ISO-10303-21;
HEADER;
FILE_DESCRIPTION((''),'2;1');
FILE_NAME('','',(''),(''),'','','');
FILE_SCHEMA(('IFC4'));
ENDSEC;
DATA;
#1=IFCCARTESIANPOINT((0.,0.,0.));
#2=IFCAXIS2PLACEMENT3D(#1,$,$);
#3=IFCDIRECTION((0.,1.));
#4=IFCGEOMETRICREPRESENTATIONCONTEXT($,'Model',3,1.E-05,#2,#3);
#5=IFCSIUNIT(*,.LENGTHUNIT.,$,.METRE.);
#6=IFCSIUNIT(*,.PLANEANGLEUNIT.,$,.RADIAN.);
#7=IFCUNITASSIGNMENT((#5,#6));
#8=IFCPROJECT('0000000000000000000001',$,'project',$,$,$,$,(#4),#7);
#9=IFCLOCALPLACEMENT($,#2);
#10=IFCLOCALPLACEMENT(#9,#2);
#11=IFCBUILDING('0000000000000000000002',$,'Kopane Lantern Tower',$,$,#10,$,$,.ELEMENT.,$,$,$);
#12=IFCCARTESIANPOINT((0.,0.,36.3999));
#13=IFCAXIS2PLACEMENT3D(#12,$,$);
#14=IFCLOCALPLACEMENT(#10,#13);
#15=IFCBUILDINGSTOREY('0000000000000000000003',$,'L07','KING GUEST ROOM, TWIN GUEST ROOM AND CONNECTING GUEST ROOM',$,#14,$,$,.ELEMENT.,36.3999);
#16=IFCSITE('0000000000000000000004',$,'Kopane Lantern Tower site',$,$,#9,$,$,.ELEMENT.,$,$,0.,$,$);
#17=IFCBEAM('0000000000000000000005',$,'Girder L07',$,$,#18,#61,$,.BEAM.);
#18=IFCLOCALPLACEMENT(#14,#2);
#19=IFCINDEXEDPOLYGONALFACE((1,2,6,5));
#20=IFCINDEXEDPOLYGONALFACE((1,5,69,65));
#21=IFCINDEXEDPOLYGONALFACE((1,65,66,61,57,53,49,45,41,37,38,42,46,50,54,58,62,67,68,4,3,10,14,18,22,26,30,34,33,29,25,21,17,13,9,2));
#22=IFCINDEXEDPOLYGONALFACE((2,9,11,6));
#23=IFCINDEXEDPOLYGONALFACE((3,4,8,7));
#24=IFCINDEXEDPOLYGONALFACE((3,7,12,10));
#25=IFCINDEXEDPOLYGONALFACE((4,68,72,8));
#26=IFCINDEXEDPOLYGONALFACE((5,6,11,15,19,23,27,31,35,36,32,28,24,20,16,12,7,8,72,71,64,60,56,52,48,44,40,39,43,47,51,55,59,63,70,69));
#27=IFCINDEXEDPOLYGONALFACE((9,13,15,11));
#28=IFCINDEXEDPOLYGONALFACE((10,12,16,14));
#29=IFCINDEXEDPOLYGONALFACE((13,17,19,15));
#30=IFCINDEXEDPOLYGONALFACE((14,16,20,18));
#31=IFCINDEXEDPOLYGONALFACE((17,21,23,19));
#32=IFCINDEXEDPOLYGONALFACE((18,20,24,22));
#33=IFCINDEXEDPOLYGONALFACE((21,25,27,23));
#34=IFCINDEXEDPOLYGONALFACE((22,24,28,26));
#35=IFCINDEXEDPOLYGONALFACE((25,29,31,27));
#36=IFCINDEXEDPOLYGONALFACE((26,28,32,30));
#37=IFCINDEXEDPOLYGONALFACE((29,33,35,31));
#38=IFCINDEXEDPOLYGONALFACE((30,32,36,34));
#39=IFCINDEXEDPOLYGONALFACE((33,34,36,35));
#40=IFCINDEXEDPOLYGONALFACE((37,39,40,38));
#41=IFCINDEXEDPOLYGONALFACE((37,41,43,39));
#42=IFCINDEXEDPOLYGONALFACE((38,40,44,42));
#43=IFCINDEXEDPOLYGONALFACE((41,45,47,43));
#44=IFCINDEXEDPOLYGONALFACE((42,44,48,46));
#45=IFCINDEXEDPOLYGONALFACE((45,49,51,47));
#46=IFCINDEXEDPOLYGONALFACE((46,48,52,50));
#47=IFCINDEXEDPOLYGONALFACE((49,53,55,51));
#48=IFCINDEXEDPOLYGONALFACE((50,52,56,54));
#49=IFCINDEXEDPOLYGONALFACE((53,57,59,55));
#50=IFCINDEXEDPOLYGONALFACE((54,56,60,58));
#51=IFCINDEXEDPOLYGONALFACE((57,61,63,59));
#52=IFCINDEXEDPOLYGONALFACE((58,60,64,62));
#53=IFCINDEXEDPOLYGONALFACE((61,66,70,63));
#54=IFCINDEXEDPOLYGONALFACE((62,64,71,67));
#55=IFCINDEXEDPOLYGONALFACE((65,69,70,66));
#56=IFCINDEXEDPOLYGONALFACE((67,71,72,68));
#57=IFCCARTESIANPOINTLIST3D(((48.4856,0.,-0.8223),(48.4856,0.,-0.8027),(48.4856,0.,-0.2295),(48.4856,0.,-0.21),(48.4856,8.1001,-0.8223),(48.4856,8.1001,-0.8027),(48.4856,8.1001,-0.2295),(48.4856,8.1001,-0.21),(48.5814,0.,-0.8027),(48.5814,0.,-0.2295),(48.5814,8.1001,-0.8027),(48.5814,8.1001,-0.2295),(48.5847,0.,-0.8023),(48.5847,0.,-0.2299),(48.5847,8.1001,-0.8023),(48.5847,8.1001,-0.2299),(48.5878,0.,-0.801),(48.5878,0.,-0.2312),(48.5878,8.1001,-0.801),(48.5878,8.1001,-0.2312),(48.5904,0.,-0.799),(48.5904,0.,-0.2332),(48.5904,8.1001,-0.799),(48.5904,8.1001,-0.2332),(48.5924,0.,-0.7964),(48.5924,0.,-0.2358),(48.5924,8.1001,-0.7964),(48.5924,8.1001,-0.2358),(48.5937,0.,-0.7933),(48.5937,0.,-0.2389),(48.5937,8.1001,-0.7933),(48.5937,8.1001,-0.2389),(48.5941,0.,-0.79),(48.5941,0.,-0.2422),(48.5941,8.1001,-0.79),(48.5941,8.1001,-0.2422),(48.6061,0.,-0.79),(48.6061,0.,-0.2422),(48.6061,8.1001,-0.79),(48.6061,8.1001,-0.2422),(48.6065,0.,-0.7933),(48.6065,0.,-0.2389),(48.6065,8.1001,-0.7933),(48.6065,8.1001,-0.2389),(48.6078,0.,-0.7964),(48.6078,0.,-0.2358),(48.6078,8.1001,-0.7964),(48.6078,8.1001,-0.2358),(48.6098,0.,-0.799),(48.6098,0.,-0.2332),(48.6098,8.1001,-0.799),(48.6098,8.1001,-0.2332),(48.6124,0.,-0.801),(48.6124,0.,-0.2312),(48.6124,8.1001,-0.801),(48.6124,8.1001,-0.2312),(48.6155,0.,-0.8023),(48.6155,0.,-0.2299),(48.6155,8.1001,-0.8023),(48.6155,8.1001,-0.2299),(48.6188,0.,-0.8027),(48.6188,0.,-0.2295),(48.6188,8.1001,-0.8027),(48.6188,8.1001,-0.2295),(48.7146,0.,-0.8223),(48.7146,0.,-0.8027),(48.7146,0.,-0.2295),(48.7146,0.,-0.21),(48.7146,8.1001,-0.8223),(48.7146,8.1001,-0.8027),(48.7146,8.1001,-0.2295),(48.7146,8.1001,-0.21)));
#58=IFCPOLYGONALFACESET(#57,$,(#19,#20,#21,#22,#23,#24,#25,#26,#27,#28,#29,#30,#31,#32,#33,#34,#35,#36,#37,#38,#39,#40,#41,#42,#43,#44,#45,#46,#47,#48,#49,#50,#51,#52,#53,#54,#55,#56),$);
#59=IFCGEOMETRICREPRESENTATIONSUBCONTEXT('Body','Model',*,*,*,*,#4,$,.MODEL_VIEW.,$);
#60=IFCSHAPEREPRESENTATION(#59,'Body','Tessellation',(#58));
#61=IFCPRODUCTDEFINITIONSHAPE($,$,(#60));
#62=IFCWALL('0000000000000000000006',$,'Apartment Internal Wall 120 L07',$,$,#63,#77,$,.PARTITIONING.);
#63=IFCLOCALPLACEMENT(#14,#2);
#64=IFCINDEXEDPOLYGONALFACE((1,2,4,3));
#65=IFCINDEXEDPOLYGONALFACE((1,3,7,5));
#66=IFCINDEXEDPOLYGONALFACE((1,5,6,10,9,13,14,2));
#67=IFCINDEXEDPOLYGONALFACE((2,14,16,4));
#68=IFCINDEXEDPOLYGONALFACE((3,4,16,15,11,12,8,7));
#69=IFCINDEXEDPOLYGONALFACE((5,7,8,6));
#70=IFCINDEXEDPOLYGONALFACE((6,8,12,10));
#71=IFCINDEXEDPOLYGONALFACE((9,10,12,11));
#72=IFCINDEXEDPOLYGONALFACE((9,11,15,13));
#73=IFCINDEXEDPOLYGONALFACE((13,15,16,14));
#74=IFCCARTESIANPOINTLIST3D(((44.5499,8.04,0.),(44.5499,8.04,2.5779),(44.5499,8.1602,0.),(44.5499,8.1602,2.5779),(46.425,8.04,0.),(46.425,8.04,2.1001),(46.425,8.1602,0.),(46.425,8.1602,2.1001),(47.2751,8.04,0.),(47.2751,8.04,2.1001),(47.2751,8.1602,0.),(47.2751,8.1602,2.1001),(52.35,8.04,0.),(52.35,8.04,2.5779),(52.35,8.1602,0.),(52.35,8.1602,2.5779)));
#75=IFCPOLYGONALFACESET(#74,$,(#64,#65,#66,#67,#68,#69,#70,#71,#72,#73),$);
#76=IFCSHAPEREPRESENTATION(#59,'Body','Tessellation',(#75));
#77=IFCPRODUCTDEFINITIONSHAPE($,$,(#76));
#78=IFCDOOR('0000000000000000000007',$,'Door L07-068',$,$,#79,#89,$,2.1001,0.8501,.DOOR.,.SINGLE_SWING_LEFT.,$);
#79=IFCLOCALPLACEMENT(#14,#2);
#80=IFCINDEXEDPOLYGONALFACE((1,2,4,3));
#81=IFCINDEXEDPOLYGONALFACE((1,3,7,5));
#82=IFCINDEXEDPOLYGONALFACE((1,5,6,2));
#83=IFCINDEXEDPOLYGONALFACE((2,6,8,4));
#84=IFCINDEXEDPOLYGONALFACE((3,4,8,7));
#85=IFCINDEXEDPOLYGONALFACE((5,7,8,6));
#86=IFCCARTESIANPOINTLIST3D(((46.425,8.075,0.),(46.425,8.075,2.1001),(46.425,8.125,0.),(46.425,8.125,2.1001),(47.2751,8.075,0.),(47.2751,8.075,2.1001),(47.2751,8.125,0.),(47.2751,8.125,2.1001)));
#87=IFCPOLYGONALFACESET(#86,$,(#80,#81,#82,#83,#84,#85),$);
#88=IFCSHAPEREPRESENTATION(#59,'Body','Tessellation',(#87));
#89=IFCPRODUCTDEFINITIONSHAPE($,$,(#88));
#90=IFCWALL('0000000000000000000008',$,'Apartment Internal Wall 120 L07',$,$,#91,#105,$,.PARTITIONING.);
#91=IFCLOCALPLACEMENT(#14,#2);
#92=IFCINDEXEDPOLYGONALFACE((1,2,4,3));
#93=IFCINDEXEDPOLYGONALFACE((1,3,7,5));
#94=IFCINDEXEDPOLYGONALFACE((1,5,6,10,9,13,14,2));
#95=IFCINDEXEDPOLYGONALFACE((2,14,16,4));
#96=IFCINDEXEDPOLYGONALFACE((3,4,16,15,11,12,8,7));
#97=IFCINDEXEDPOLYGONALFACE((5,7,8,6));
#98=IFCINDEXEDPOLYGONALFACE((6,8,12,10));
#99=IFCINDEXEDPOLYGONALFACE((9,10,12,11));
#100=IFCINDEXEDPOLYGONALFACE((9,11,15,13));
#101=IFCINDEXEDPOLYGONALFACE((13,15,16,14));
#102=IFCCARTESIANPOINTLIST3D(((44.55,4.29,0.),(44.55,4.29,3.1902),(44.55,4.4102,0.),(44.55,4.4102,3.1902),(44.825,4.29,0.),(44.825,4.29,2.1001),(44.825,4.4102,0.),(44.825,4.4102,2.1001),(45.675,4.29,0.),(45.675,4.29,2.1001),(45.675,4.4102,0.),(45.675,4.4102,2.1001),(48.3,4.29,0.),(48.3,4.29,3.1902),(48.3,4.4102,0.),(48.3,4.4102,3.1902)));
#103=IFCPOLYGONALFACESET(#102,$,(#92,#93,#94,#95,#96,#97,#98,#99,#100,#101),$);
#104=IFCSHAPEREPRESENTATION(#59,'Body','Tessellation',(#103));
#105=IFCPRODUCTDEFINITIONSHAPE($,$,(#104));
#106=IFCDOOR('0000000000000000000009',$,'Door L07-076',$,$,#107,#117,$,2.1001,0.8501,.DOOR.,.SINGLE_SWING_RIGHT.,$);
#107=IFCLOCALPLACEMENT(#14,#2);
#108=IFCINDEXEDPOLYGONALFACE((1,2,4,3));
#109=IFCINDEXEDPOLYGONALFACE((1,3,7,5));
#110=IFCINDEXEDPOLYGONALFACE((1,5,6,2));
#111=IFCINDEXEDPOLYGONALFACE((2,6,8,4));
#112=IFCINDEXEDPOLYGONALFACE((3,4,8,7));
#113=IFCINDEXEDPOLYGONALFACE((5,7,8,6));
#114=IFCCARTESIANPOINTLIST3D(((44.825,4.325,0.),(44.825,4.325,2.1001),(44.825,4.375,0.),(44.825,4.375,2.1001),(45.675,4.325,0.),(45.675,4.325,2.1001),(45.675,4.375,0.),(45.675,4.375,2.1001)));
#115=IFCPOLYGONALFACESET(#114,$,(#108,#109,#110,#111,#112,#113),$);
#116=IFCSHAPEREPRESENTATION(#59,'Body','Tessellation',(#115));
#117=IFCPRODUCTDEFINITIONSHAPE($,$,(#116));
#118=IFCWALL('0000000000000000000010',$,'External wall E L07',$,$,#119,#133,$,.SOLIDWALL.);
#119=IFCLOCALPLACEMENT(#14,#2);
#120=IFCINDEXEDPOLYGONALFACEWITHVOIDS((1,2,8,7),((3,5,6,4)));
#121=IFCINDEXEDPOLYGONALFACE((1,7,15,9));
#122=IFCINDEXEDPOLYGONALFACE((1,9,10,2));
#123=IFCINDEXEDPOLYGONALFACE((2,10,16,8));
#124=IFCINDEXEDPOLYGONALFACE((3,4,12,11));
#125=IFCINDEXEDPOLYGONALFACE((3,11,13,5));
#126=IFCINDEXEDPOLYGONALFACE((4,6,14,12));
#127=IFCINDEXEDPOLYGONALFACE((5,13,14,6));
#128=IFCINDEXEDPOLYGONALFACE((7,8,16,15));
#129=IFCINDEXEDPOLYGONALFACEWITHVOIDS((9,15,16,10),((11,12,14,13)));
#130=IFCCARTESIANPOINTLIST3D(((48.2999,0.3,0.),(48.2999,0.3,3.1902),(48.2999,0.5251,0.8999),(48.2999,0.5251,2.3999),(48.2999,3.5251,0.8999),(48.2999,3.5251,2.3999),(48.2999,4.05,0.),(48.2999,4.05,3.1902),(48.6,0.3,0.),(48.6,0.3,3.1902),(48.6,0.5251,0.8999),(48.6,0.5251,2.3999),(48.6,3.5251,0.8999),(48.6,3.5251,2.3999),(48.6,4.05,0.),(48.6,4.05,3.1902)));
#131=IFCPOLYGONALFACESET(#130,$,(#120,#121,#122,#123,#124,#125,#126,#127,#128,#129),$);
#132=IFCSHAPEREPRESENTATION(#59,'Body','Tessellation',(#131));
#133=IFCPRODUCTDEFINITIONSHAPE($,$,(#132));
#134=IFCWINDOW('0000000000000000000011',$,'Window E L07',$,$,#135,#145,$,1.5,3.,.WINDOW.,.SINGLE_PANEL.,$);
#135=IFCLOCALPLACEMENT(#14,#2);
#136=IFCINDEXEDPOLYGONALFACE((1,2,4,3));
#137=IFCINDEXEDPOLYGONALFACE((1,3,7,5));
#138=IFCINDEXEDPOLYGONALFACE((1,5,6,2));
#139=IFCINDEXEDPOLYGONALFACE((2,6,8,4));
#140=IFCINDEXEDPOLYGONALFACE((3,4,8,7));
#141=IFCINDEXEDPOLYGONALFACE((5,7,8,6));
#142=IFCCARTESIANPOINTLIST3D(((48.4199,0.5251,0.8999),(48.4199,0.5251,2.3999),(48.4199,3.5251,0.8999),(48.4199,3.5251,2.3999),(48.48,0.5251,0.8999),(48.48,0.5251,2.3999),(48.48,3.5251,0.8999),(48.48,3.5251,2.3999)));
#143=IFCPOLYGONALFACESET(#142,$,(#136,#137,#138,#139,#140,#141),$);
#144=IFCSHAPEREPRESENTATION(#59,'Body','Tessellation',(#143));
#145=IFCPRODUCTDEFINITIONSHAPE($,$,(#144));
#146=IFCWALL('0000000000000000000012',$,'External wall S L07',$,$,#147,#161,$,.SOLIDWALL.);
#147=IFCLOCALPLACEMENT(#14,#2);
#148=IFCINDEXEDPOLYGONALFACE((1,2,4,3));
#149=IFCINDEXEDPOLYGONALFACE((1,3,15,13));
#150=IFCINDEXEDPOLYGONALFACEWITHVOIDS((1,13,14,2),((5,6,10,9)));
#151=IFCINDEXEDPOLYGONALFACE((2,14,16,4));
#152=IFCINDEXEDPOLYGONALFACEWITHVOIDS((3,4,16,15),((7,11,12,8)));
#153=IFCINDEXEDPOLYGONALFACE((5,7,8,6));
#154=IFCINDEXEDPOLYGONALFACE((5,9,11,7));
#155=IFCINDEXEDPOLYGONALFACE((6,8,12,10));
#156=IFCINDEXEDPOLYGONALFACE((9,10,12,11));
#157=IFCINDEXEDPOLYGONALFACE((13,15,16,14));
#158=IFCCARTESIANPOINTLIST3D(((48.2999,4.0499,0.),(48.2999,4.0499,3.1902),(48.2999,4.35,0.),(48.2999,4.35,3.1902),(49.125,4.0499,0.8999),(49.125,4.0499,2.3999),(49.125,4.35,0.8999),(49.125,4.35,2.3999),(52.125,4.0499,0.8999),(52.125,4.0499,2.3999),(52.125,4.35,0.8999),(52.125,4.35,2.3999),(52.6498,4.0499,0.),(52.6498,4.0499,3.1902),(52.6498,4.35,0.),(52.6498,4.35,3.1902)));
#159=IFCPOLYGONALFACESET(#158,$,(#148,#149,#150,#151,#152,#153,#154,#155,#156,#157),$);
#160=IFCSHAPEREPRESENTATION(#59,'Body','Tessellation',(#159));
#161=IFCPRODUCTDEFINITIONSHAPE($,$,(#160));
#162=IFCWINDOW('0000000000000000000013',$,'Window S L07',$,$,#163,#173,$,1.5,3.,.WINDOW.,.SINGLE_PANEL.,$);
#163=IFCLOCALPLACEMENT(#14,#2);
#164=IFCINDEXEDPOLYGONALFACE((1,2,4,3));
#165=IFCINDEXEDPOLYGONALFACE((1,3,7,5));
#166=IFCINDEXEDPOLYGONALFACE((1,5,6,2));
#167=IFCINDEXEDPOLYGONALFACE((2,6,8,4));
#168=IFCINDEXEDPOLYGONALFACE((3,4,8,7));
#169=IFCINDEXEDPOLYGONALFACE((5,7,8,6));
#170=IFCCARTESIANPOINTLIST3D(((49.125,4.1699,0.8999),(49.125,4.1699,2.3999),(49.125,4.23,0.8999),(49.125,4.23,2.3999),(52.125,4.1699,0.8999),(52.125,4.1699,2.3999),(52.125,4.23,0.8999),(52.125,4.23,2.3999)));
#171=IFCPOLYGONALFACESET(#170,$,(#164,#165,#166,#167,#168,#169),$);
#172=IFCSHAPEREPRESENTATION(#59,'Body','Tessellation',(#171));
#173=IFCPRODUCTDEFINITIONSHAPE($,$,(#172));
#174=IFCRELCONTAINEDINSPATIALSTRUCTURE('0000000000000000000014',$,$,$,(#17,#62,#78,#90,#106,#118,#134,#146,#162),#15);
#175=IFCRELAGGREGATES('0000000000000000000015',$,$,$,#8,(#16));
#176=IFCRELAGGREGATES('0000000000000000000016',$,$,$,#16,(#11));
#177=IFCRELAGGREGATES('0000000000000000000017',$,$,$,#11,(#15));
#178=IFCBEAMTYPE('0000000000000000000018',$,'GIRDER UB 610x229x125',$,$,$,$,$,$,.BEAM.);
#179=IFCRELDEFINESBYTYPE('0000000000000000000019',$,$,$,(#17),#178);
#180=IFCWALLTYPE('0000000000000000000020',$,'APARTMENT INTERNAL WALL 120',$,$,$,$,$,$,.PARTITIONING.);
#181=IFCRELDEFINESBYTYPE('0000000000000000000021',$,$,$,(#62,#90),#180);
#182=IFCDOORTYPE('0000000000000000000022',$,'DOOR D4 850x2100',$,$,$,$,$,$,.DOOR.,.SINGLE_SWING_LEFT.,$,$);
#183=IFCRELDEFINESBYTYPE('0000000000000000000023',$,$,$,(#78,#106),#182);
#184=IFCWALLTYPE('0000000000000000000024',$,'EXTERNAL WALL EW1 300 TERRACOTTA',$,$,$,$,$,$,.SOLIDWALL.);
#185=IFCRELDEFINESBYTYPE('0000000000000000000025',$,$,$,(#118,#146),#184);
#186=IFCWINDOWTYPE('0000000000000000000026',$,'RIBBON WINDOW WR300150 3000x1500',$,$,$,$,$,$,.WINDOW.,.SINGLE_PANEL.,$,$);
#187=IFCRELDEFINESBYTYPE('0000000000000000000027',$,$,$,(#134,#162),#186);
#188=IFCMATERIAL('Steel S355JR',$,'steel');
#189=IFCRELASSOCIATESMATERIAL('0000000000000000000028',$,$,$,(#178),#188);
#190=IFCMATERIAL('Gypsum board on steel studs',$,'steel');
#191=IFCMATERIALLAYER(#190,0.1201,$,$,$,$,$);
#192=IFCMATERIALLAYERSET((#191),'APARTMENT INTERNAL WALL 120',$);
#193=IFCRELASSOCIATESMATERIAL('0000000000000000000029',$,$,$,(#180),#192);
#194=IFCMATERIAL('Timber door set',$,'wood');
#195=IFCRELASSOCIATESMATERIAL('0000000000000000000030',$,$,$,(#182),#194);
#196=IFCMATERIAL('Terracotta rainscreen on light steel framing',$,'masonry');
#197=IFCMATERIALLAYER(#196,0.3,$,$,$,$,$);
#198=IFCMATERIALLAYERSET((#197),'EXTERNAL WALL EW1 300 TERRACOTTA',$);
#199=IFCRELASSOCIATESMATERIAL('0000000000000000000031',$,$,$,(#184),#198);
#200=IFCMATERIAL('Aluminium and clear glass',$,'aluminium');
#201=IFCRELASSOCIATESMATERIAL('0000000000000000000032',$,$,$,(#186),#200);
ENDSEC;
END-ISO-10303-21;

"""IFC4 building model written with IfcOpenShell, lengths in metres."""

from ifc_helpers import new_model, si_unit, direction, frame, frame_2d, origin, origin_2d, place, context, subcontext, project, spatial, rectangle, i_section, extrude, material, layer, layer_set, material_profile, profile_set, type_object, element, fill, save


model = new_model("IFC4")

# Units and contexts
model_context = context("Model", 3, precision=1e-05, world=origin(), true_north=direction((0.0, 1.0)))
body_context = subcontext(model_context, "Body", "Model", "MODEL_VIEW")
ifc_project = project(units=[si_unit("LENGTHUNIT", "METRE"), si_unit("PLANEANGLEUNIT", "RADIAN")], contexts=[model_context])

# Site, building, storey
site_placement = place(None, origin())
site = spatial("IfcSite", under=ifc_project, at=site_placement, Name="Kopane Lantern Tower site", CompositionType="ELEMENT", RefElevation=0.0)
building_placement = place(site_placement, origin())
building = spatial("IfcBuilding", under=site, at=building_placement, Name="Kopane Lantern Tower", CompositionType="ELEMENT")
storey_placement = place(building_placement, frame((0.0, 0.0, 36.3999)))
storey = spatial("IfcBuildingStorey", under=building, at=storey_placement, Name="L07", Description="KING GUEST ROOM, TWIN GUEST ROOM AND CONNECTING GUEST ROOM", CompositionType="ELEMENT", Elevation=36.3999)

# Beam
ifc_material_1 = material(Name="Steel S355JR", Category="steel")
ifc_material_profile_1 = material_profile(ifc_material_1, i_section(OverallWidth=0.229, OverallDepth=0.6123, WebThickness=0.012, FlangeThickness=0.0195, FilletRadius=0.0127, at=origin_2d()), Name="UB 610x229x125")
ifc_profile_set_1 = profile_set([ifc_material_profile_1], Name="Steel S355JR")
beam_type_1 = type_object("IfcBeamType", Name="GIRDER UB 610x229x125", PredefinedType="BEAM", material=ifc_profile_set_1)
beam_1_placement = place(storey_placement, frame((48.6001, 0.0, -0.5161), z_axis=(0.0, 1.0, 0.0), x_axis=(-1.0, 0.0, 0.0)))
element("IfcBeam", 1, at=beam_1_placement, inside=storey, type_object=beam_type_1, Name="Girder L07", PredefinedType="BEAM", context=body_context, shape_type="SweptSolid", body=[
    extrude(i_section(OverallWidth=0.229, OverallDepth=0.6123, WebThickness=0.012, FlangeThickness=0.0195, FilletRadius=0.0127, at=origin_2d()), origin(), (0.0, 0.0, 1.0), 8.1001),
])

# Walls, openings, doors
ifc_material_2 = material(Name="Gypsum board on steel studs", Category="steel")
ifc_layer_1 = layer(ifc_material_2, 0.1201)
ifc_layer_set_1 = layer_set([ifc_layer_1], Name="APARTMENT INTERNAL WALL 120")
wall_type_1 = type_object("IfcWallType", Name="APARTMENT INTERNAL WALL 120", PredefinedType="PARTITIONING", material=ifc_layer_set_1)
wall_1_placement = place(storey_placement, frame((44.55, 8.1001, 0.0), z_axis=(0.0, 0.0, 1.0), x_axis=(1.0, 0.0, 0.0)))
wall_1 = element("IfcWall", 2, at=wall_1_placement, inside=storey, type_object=wall_type_1, Name="Apartment Internal Wall 120 L07", PredefinedType="PARTITIONING", context=body_context, shape_type="SweptSolid", body=[
    extrude(rectangle(XDim=7.8, YDim=0.1201, at=frame_2d((3.8999, 0.0))), origin(), (0.0, 0.0, 1.0), 2.5779),
])
opening_1_placement = place(wall_1_placement, frame((1.875, 0.0, 0.0)))
opening_1 = element("IfcOpeningElement", 3, at=opening_1_placement, cuts=wall_1, PredefinedType="OPENING", context=body_context, shape_type="SweptSolid", body=[
    extrude(rectangle(XDim=0.8501, YDim=2.1001, at=frame_2d((0.425, 1.05))), frame((0.0, 0.0701, 0.0), z_axis=(0.0, -1.0, 0.0), x_axis=(1.0, 0.0, 0.0)), (0.0, 0.0, 1.0), 0.1401),
])
ifc_material_3 = material(Name="Timber door set", Category="wood")
door_type = type_object("IfcDoorType", Name="DOOR D4 850x2100", OperationType="SINGLE_SWING_LEFT", PredefinedType="DOOR", material=ifc_material_3)
door_1_placement = place(opening_1_placement, origin())
door_1 = element("IfcDoor", 4, at=door_1_placement, inside=storey, type_object=door_type, Name="Door L07-068", OperationType="SINGLE_SWING_LEFT", OverallHeight=2.1001, OverallWidth=0.8501, PredefinedType="DOOR", context=body_context, shape_type="SweptSolid", body=[
    extrude(rectangle(XDim=0.8501, YDim=2.1001, at=frame_2d((0.425, 1.05))), frame((0.0, 0.0249, 0.0), z_axis=(0.0, -1.0, 0.0), x_axis=(1.0, 0.0, 0.0)), (0.0, 0.0, 1.0), 0.05),
])
fill(opening_1, door_1)
wall_2_placement = place(storey_placement, frame((44.55, 4.3501, 0.0), z_axis=(0.0, 0.0, 1.0), x_axis=(1.0, 0.0, 0.0)))
wall_2 = element("IfcWall", 5, at=wall_2_placement, inside=storey, type_object=wall_type_1, Name="Apartment Internal Wall 120 L07", PredefinedType="PARTITIONING", context=body_context, shape_type="SweptSolid", body=[
    extrude(rectangle(XDim=3.75, YDim=0.1201, at=frame_2d((1.875, 0.0))), origin(), (0.0, 0.0, 1.0), 3.1902),
])
opening_2_placement = place(wall_2_placement, frame((0.2749, 0.0, 0.0)))
opening_2 = element("IfcOpeningElement", 6, at=opening_2_placement, cuts=wall_2, PredefinedType="OPENING", context=body_context, shape_type="SweptSolid", body=[
    extrude(rectangle(XDim=0.8501, YDim=2.1001, at=frame_2d((0.425, 1.05))), frame((0.0, 0.0701, 0.0), z_axis=(0.0, -1.0, 0.0), x_axis=(1.0, 0.0, 0.0)), (0.0, 0.0, 1.0), 0.1401),
])
door_2_placement = place(opening_2_placement, origin())
door_2 = element("IfcDoor", 7, at=door_2_placement, inside=storey, type_object=door_type, Name="Door L07-076", OperationType="SINGLE_SWING_RIGHT", OverallHeight=2.1001, OverallWidth=0.8501, PredefinedType="DOOR", context=body_context, shape_type="SweptSolid", body=[
    extrude(rectangle(XDim=0.8501, YDim=2.1001, at=frame_2d((0.425, 1.05))), frame((0.0, 0.0249, 0.0), z_axis=(0.0, -1.0, 0.0), x_axis=(1.0, 0.0, 0.0)), (0.0, 0.0, 1.0), 0.05),
])
fill(opening_2, door_2)

# Walls, openings, windows
ifc_material_4 = material(Name="Terracotta rainscreen on light steel framing", Category="masonry")
ifc_layer_2 = layer(ifc_material_4, 0.3)
ifc_layer_set_2 = layer_set([ifc_layer_2], Name="EXTERNAL WALL EW1 300 TERRACOTTA")
wall_type_2 = type_object("IfcWallType", Name="EXTERNAL WALL EW1 300 TERRACOTTA", PredefinedType="SOLIDWALL", material=ifc_layer_set_2)
wall_3_placement = place(storey_placement, frame((48.45, 0.3, 0.0), z_axis=(0.0, 0.0, 1.0), x_axis=(0.0, 1.0, 0.0)))
wall_3 = element("IfcWall", 8, at=wall_3_placement, inside=storey, type_object=wall_type_2, Name="External wall E L07", PredefinedType="SOLIDWALL", context=body_context, shape_type="SweptSolid", body=[
    extrude(rectangle(XDim=3.75, YDim=0.3, at=frame_2d((1.875, 0.0))), origin(), (0.0, 0.0, 1.0), 3.1902),
])
opening_3_placement = place(wall_3_placement, frame((0.2251, 0.0, 0.8999)))
opening_3 = element("IfcOpeningElement", 9, at=opening_3_placement, cuts=wall_3, PredefinedType="OPENING", context=body_context, shape_type="SweptSolid", body=[
    extrude(rectangle(XDim=3.0, YDim=1.5, at=frame_2d((1.5, 0.75))), frame((0.0, 0.1599, 0.0), z_axis=(0.0, -1.0, 0.0), x_axis=(1.0, 0.0, 0.0)), (0.0, 0.0, 1.0), 0.3201),
])
ifc_material_5 = material(Name="Aluminium and clear glass", Category="aluminium")
window_type = type_object("IfcWindowType", Name="RIBBON WINDOW WR300150 3000x1500", PartitioningType="SINGLE_PANEL", PredefinedType="WINDOW", material=ifc_material_5)
window_1_placement = place(opening_3_placement, origin())
window_1 = element("IfcWindow", 10, at=window_1_placement, inside=storey, type_object=window_type, Name="Window E L07", OverallHeight=1.5, OverallWidth=3.0, PartitioningType="SINGLE_PANEL", PredefinedType="WINDOW", context=body_context, shape_type="SweptSolid", body=[
    extrude(rectangle(XDim=3.0, YDim=1.5, at=frame_2d((1.5, 0.75))), frame((0.0, 0.03, 0.0), z_axis=(0.0, -1.0, 0.0), x_axis=(1.0, 0.0, 0.0)), (0.0, 0.0, 1.0), 0.0601),
])
fill(opening_3, window_1)
wall_4_placement = place(storey_placement, frame((48.3, 4.2, 0.0), z_axis=(0.0, 0.0, 1.0), x_axis=(1.0, 0.0, 0.0)))
wall_4 = element("IfcWall", 11, at=wall_4_placement, inside=storey, type_object=wall_type_2, Name="External wall S L07", PredefinedType="SOLIDWALL", context=body_context, shape_type="SweptSolid", body=[
    extrude(rectangle(XDim=4.3499, YDim=0.3, at=frame_2d((2.1748, 0.0))), origin(), (0.0, 0.0, 1.0), 3.1902),
])
opening_4_placement = place(wall_4_placement, frame((0.825, 0.0, 0.8999)))
opening_4 = element("IfcOpeningElement", 12, at=opening_4_placement, cuts=wall_4, PredefinedType="OPENING", context=body_context, shape_type="SweptSolid", body=[
    extrude(rectangle(XDim=3.0, YDim=1.5, at=frame_2d((1.5, 0.75))), frame((0.0, 0.1599, 0.0), z_axis=(0.0, -1.0, 0.0), x_axis=(1.0, 0.0, 0.0)), (0.0, 0.0, 1.0), 0.3201),
])
window_2_placement = place(opening_4_placement, origin())
window_2 = element("IfcWindow", 13, at=window_2_placement, inside=storey, type_object=window_type, Name="Window S L07", OverallHeight=1.5, OverallWidth=3.0, PartitioningType="SINGLE_PANEL", PredefinedType="WINDOW", context=body_context, shape_type="SweptSolid", body=[
    extrude(rectangle(XDim=3.0, YDim=1.5, at=frame_2d((1.5, 0.75))), frame((0.0, 0.03, 0.0), z_axis=(0.0, -1.0, 0.0), x_axis=(1.0, 0.0, 0.0)), (0.0, 0.0, 1.0), 0.0601),
])
fill(opening_4, window_2)

save(model, "model.ifc")
